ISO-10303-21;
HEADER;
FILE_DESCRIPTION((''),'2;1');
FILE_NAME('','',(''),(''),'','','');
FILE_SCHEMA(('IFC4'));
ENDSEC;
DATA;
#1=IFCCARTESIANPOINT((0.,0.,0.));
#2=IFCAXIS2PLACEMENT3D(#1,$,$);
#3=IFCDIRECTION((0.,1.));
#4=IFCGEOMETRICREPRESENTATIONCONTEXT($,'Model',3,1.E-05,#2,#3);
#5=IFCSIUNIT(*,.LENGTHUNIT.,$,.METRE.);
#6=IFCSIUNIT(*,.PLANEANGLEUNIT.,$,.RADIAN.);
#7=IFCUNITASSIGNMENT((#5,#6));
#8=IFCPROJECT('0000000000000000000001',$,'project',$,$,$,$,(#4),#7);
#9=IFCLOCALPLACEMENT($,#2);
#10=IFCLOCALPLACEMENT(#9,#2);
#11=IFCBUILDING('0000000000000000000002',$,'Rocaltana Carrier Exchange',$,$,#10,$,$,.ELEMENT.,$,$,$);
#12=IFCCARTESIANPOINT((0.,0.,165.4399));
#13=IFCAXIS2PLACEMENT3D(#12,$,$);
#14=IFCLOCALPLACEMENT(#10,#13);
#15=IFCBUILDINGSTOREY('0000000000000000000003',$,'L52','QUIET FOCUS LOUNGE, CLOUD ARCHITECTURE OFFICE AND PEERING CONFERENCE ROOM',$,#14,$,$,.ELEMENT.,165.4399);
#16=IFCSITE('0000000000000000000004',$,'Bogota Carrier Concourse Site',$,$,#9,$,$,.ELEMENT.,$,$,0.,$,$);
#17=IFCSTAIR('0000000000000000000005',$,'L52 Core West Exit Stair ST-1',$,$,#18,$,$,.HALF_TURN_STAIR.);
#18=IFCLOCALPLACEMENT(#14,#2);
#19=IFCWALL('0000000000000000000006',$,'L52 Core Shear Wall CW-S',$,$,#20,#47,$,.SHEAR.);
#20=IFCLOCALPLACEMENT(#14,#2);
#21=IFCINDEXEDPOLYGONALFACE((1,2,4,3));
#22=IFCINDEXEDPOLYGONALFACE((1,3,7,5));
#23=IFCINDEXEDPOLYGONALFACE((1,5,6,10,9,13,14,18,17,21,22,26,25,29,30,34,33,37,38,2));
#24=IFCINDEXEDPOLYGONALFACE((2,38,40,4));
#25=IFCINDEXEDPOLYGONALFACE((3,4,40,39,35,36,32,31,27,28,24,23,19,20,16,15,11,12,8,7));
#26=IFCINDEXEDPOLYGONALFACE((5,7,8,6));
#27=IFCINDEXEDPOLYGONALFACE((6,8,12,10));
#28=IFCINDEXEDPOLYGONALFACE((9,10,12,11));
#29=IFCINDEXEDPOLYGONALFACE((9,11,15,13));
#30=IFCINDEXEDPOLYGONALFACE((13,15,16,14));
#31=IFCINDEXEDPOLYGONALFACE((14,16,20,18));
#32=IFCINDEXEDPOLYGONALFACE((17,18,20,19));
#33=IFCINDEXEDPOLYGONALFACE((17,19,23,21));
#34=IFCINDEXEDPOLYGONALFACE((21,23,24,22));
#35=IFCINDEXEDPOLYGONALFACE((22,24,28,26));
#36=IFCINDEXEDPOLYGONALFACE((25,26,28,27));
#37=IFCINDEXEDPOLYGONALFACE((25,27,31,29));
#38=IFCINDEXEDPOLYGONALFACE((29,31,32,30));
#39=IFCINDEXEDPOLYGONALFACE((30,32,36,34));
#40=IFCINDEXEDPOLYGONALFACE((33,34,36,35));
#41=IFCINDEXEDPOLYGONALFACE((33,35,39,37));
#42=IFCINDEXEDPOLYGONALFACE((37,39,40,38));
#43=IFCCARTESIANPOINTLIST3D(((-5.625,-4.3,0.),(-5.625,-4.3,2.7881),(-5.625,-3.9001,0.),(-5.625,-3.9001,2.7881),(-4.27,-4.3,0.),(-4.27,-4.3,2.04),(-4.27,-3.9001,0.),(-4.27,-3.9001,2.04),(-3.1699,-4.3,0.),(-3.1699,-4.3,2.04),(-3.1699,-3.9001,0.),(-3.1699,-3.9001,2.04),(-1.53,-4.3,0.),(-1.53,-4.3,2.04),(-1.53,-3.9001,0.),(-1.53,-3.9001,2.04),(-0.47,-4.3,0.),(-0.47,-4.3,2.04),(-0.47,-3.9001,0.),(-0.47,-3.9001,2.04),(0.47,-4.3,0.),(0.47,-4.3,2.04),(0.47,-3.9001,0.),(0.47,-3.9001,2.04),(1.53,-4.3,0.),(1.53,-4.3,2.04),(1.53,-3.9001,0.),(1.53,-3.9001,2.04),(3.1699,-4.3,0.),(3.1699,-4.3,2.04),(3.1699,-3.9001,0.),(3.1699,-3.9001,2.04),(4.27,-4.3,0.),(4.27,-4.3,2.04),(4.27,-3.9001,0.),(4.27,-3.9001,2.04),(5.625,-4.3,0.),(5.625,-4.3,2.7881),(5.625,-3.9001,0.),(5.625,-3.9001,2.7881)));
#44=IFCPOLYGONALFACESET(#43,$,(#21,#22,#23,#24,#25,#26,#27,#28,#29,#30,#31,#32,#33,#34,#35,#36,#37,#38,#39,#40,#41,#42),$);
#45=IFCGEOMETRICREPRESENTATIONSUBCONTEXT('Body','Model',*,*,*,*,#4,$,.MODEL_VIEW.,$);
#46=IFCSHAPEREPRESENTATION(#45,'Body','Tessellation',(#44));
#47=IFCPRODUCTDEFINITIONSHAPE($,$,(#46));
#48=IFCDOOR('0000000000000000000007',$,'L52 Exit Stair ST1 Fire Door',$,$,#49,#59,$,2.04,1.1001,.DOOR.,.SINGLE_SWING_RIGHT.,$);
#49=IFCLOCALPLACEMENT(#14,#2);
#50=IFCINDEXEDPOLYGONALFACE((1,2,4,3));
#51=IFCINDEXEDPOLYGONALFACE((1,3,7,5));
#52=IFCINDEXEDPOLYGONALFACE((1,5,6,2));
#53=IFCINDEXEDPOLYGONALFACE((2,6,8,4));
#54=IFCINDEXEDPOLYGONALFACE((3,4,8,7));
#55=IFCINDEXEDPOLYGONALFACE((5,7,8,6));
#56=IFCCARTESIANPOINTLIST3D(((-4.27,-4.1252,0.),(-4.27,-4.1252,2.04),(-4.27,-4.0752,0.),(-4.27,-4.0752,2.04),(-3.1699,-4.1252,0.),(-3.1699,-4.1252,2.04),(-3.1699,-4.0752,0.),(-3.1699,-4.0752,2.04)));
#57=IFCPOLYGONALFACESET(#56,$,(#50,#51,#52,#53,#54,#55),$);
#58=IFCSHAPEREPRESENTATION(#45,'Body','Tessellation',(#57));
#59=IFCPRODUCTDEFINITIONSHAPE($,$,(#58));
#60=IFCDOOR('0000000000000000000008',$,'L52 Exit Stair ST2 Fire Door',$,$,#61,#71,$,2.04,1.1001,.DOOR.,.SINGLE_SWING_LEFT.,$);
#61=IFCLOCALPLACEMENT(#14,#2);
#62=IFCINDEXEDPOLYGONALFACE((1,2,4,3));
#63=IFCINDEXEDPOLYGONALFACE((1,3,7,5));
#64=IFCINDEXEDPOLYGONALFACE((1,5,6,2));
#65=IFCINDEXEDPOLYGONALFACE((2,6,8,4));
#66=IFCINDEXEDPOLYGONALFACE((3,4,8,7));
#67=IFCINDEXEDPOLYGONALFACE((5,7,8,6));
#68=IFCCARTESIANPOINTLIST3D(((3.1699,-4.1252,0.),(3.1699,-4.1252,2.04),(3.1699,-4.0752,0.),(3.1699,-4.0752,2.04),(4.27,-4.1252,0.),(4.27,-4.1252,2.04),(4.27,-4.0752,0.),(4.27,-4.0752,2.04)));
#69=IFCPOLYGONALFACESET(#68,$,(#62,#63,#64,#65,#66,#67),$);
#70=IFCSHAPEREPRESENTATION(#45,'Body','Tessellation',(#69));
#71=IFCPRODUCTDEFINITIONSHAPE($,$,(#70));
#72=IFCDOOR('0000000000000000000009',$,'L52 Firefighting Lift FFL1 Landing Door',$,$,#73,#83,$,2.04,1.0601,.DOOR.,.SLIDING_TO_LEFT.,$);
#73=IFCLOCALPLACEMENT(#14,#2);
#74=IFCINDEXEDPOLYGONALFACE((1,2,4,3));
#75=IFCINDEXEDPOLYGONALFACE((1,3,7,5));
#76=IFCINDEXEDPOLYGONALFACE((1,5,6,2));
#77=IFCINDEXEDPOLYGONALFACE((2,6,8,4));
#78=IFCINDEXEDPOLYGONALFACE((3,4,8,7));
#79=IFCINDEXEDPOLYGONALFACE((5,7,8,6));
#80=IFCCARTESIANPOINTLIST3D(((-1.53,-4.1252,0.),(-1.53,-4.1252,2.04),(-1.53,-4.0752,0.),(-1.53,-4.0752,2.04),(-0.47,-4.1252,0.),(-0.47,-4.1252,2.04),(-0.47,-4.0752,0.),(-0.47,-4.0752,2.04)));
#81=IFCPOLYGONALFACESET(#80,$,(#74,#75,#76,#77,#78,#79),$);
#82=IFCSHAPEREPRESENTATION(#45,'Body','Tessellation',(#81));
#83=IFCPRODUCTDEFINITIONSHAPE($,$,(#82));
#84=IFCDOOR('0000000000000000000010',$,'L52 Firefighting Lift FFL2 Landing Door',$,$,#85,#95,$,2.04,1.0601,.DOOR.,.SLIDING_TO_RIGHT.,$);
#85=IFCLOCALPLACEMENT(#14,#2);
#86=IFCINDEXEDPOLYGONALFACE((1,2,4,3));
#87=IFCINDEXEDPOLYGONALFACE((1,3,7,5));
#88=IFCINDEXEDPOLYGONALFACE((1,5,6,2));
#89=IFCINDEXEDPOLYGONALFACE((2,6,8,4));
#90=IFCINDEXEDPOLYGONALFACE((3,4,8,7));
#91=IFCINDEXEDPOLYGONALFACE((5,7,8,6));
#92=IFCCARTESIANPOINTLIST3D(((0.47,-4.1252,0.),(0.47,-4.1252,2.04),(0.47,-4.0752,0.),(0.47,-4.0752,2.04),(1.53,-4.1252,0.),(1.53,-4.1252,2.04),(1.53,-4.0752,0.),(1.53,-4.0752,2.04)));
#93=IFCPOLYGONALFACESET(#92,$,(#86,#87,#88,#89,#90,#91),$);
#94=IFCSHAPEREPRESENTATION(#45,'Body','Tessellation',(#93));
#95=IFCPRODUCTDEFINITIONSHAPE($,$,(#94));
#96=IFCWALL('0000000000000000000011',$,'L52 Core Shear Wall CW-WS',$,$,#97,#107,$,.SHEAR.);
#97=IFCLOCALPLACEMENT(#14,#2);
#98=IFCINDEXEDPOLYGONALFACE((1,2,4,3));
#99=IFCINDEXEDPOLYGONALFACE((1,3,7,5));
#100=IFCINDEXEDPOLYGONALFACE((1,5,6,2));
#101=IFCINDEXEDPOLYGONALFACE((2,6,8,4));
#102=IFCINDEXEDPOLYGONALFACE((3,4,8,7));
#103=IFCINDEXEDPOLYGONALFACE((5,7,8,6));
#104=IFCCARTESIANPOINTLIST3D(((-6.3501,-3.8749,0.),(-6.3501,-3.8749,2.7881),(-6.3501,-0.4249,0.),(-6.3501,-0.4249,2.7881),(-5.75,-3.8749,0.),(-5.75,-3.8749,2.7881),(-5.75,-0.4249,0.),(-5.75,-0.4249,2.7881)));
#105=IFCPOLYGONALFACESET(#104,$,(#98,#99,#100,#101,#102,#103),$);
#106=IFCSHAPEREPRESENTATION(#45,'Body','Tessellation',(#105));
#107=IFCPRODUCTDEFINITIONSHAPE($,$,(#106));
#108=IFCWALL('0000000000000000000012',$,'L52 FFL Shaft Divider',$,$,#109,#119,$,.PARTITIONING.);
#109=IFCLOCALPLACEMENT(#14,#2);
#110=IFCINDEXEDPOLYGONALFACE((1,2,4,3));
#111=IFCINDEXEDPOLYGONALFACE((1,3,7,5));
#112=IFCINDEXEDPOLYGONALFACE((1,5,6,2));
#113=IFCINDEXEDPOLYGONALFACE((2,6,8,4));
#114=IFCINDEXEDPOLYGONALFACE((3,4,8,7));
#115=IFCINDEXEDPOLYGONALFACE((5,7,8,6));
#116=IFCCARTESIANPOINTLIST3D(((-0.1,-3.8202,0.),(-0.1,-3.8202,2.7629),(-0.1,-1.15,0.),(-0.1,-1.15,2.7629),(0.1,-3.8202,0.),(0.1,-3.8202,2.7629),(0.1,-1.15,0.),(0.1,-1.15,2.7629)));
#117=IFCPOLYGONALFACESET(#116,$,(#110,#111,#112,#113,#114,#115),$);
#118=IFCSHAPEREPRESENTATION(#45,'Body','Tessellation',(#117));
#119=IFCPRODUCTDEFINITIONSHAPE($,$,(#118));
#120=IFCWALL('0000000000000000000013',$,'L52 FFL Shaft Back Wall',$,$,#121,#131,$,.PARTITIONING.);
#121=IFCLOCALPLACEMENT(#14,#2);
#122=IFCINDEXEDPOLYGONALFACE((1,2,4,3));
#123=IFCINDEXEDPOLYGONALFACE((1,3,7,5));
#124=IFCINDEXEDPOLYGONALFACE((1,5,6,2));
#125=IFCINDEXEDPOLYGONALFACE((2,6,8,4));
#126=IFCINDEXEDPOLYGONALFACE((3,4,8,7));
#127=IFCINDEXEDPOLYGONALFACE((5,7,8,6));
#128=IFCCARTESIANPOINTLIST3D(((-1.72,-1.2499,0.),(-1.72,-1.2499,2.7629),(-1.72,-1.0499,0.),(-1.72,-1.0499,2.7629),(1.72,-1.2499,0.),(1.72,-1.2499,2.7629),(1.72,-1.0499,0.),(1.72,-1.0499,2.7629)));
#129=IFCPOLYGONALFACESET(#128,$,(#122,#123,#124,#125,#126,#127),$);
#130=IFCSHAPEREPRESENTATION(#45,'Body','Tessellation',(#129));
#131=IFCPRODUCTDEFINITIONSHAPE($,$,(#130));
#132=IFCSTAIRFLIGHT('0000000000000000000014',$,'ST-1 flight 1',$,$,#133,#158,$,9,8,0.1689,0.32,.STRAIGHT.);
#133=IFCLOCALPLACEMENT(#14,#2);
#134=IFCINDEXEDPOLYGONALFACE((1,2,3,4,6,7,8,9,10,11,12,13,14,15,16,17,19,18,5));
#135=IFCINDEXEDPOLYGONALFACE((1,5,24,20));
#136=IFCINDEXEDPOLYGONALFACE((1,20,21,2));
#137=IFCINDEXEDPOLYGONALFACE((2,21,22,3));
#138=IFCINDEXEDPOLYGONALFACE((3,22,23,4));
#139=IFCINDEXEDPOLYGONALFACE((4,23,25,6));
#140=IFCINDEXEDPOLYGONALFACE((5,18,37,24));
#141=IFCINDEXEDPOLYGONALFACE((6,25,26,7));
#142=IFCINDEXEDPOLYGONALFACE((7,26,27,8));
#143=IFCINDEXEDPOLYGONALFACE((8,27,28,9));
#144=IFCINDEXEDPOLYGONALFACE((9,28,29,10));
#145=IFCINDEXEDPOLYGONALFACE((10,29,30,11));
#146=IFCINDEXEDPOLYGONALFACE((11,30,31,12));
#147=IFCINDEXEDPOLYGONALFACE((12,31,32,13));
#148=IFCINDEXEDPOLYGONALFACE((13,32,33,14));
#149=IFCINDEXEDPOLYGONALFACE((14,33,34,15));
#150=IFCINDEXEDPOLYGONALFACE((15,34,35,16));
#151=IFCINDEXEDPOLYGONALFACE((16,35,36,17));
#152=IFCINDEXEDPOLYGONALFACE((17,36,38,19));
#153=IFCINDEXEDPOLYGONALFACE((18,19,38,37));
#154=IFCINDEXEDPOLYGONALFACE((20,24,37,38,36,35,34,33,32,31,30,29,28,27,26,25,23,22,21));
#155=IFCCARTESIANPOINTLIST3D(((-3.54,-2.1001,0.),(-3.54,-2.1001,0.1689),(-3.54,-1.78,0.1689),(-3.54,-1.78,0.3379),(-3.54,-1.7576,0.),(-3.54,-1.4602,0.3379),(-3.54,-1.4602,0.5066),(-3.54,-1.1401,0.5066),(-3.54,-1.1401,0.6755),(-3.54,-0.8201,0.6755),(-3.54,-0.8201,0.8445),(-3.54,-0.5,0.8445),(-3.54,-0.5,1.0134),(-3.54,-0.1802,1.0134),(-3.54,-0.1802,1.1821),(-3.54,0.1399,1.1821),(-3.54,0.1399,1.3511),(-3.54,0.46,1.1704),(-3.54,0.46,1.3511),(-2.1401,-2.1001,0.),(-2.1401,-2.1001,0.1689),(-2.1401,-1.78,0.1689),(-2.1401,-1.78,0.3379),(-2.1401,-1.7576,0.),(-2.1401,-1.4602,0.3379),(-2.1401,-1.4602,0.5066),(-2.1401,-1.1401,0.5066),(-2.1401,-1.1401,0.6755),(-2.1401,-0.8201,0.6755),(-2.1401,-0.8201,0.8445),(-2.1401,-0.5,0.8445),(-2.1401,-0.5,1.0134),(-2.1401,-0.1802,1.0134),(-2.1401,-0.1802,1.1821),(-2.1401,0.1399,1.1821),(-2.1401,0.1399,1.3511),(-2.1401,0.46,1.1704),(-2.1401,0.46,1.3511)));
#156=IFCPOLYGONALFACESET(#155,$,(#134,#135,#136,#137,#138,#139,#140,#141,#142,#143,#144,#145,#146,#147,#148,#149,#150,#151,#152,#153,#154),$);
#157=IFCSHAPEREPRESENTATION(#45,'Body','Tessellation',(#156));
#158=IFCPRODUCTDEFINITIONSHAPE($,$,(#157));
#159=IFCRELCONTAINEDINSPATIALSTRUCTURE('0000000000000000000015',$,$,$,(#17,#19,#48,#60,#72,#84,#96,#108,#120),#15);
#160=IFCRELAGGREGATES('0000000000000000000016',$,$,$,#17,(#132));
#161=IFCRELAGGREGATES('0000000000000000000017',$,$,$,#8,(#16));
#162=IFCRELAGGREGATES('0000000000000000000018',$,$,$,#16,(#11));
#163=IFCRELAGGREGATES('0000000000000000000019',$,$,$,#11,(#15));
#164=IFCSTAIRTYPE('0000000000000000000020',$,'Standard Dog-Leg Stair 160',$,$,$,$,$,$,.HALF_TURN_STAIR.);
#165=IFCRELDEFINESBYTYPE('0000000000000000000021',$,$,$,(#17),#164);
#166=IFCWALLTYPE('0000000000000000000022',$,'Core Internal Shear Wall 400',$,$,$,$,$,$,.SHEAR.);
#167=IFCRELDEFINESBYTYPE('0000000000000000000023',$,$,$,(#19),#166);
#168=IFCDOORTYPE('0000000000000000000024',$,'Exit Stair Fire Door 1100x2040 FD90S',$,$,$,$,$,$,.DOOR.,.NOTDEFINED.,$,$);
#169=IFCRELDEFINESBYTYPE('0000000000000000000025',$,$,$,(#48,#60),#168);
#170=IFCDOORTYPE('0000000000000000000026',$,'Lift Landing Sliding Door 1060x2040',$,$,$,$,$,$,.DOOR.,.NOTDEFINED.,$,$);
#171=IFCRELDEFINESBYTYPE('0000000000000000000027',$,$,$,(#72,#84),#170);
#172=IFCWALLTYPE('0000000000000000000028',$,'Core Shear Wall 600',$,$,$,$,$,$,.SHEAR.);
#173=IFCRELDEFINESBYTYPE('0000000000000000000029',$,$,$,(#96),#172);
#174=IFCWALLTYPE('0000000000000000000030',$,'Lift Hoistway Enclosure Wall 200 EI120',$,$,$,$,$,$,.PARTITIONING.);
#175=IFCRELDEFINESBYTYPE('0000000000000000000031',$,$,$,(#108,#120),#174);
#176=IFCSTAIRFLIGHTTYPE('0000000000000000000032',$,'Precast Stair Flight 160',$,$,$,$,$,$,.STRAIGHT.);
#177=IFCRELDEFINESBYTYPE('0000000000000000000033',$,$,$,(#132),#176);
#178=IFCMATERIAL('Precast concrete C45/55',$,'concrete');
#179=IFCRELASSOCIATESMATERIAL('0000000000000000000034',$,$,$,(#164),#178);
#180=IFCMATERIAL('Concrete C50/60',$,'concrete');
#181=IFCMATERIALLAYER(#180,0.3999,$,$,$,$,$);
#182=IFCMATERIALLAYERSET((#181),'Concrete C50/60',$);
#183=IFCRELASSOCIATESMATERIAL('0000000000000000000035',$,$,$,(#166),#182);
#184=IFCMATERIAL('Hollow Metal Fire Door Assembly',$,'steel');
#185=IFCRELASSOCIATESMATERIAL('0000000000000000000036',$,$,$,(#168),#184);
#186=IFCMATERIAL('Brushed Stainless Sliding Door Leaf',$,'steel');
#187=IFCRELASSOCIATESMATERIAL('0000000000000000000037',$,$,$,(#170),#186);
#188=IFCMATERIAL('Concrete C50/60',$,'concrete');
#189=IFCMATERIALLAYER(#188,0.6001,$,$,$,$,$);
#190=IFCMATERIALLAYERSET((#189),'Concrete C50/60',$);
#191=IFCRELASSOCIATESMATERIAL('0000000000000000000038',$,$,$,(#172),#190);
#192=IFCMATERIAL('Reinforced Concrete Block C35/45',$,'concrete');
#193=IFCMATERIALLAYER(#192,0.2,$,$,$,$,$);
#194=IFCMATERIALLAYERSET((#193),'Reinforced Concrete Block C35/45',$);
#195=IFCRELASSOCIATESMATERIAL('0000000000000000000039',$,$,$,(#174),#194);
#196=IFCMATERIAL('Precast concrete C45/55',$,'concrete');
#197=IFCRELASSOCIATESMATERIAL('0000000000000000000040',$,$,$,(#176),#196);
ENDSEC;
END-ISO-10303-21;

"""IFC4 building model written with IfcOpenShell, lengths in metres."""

from ifc_helpers import new_model, si_unit, direction, frame, frame_2d, origin, place, context, subcontext, project, spatial, polyline, rectangle, outline, extrude, material, layer, layer_set, type_object, element, fill, aggregate, save


model = new_model("IFC4")

# Units and contexts
model_context = context("Model", 3, precision=1e-05, world=origin(), true_north=direction((0.0, 1.0)))
body_context = subcontext(model_context, "Body", "Model", "MODEL_VIEW")
ifc_project = project(units=[si_unit("LENGTHUNIT", "METRE"), si_unit("PLANEANGLEUNIT", "RADIAN")], contexts=[model_context])

# Site, building, storey
site_placement = place(None, origin())
site = spatial("IfcSite", under=ifc_project, at=site_placement, Name="Bogota Carrier Concourse Site", CompositionType="ELEMENT", RefElevation=0.0)
building_placement = place(site_placement, origin())
building = spatial("IfcBuilding", under=site, at=building_placement, Name="Rocaltana Carrier Exchange", CompositionType="ELEMENT")
storey_placement = place(building_placement, frame((0.0, 0.0, 165.4399)))
storey = spatial("IfcBuildingStorey", under=building, at=storey_placement, Name="L52", Description="QUIET FOCUS LOUNGE, CLOUD ARCHITECTURE OFFICE AND PEERING CONFERENCE ROOM", CompositionType="ELEMENT", Elevation=165.4399)

# Stair
ifc_material_1 = material(Name="Precast concrete C45/55", Category="concrete")
stair_type = type_object("IfcStairType", Name="Standard Dog-Leg Stair 160", PredefinedType="HALF_TURN_STAIR", material=ifc_material_1)
stair_1_placement = place(storey_placement, origin())
stair_1 = element("IfcStair", 1, at=stair_1_placement, inside=storey, type_object=stair_type, Name="L52 Core West Exit Stair ST-1", PredefinedType="HALF_TURN_STAIR")

# Wall, openings, doors
ifc_material_2 = material(Name="Concrete C50/60", Category="concrete")
ifc_layer_1 = layer(ifc_material_2, 0.3999)
ifc_layer_set_1 = layer_set([ifc_layer_1], Name="Concrete C50/60")
wall_type_1 = type_object("IfcWallType", Name="Core Internal Shear Wall 400", PredefinedType="SHEAR", material=ifc_layer_set_1)
wall_1_placement = place(storey_placement, frame((-5.625, -4.1001, 0.0), z_axis=(0.0, 0.0, 1.0), x_axis=(1.0, 0.0, 0.0)))
wall_1 = element("IfcWall", 2, at=wall_1_placement, inside=storey, type_object=wall_type_1, Name="L52 Core Shear Wall CW-S", PredefinedType="SHEAR", context=body_context, shape_type="SweptSolid", body=[
    extrude(rectangle(XDim=11.25, YDim=0.3999, at=frame_2d((5.625, 0.0))), origin(), (0.0, 0.0, 1.0), 2.7881),
])
opening_1_placement = place(wall_1_placement, frame((1.355, 0.0, 0.0)))
opening_1 = element("IfcOpeningElement", 3, at=opening_1_placement, cuts=wall_1, PredefinedType="OPENING", context=body_context, shape_type="SweptSolid", body=[
    extrude(rectangle(XDim=1.1001, YDim=2.04, at=frame_2d((0.55, 1.02))), frame((0.0, 0.21, 0.0), z_axis=(0.0, -1.0, 0.0), x_axis=(1.0, 0.0, 0.0)), (0.0, 0.0, 1.0), 0.4199),
])
opening_2_placement = place(wall_1_placement, frame((8.7949, 0.0, 0.0)))
opening_2 = element("IfcOpeningElement", 4, at=opening_2_placement, cuts=wall_1, PredefinedType="OPENING", context=body_context, shape_type="SweptSolid", body=[
    extrude(rectangle(XDim=1.1001, YDim=2.04, at=frame_2d((0.55, 1.02))), frame((0.0, 0.21, 0.0), z_axis=(0.0, -1.0, 0.0), x_axis=(1.0, 0.0, 0.0)), (0.0, 0.0, 1.0), 0.4199),
])
opening_3_placement = place(wall_1_placement, frame((4.095, 0.0, 0.0)))
opening_3 = element("IfcOpeningElement", 5, at=opening_3_placement, cuts=wall_1, PredefinedType="OPENING", context=body_context, shape_type="SweptSolid", body=[
    extrude(rectangle(XDim=1.0601, YDim=2.04, at=frame_2d((0.53, 1.02))), frame((0.0, 0.21, 0.0), z_axis=(0.0, -1.0, 0.0), x_axis=(1.0, 0.0, 0.0)), (0.0, 0.0, 1.0), 0.4199),
])
opening_4_placement = place(wall_1_placement, frame((6.095, 0.0, 0.0)))
opening_4 = element("IfcOpeningElement", 6, at=opening_4_placement, cuts=wall_1, PredefinedType="OPENING", context=body_context, shape_type="SweptSolid", body=[
    extrude(rectangle(XDim=1.0601, YDim=2.04, at=frame_2d((0.53, 1.02))), frame((0.0, 0.21, 0.0), z_axis=(0.0, -1.0, 0.0), x_axis=(1.0, 0.0, 0.0)), (0.0, 0.0, 1.0), 0.4199),
])
ifc_material_3 = material(Name="Hollow Metal Fire Door Assembly", Category="steel")
door_type_1 = type_object("IfcDoorType", Name="Exit Stair Fire Door 1100x2040 FD90S", OperationType="NOTDEFINED", PredefinedType="DOOR", material=ifc_material_3)
door_1_placement = place(opening_1_placement, origin())
door_1 = element("IfcDoor", 7, at=door_1_placement, inside=storey, type_object=door_type_1, Name="L52 Exit Stair ST1 Fire Door", OperationType="SINGLE_SWING_RIGHT", OverallHeight=2.04, OverallWidth=1.1001, PredefinedType="DOOR", context=body_context, shape_type="SweptSolid", body=[
    extrude(rectangle(XDim=1.1001, YDim=2.04, at=frame_2d((0.55, 1.02))), frame((0.0, 0.0249, 0.0), z_axis=(0.0, -1.0, 0.0), x_axis=(1.0, 0.0, 0.0)), (0.0, 0.0, 1.0), 0.05),
])
fill(opening_1, door_1)
door_2_placement = place(opening_2_placement, origin())
door_2 = element("IfcDoor", 8, at=door_2_placement, inside=storey, type_object=door_type_1, Name="L52 Exit Stair ST2 Fire Door", OperationType="SINGLE_SWING_LEFT", OverallHeight=2.04, OverallWidth=1.1001, PredefinedType="DOOR", context=body_context, shape_type="SweptSolid", body=[
    extrude(rectangle(XDim=1.1001, YDim=2.04, at=frame_2d((0.55, 1.02))), frame((0.0, 0.0249, 0.0), z_axis=(0.0, -1.0, 0.0), x_axis=(1.0, 0.0, 0.0)), (0.0, 0.0, 1.0), 0.05),
])
fill(opening_2, door_2)
ifc_material_4 = material(Name="Brushed Stainless Sliding Door Leaf", Category="steel")
door_type_2 = type_object("IfcDoorType", Name="Lift Landing Sliding Door 1060x2040", OperationType="NOTDEFINED", PredefinedType="DOOR", material=ifc_material_4)
door_3_placement = place(opening_3_placement, origin())
door_3 = element("IfcDoor", 9, at=door_3_placement, inside=storey, type_object=door_type_2, Name="L52 Firefighting Lift FFL1 Landing Door", OperationType="SLIDING_TO_LEFT", OverallHeight=2.04, OverallWidth=1.0601, PredefinedType="DOOR", context=body_context, shape_type="SweptSolid", body=[
    extrude(rectangle(XDim=1.0601, YDim=2.04, at=frame_2d((0.53, 1.02))), frame((0.0, 0.0249, 0.0), z_axis=(0.0, -1.0, 0.0), x_axis=(1.0, 0.0, 0.0)), (0.0, 0.0, 1.0), 0.05),
])
fill(opening_3, door_3)
door_4_placement = place(opening_4_placement, origin())
door_4 = element("IfcDoor", 10, at=door_4_placement, inside=storey, type_object=door_type_2, Name="L52 Firefighting Lift FFL2 Landing Door", OperationType="SLIDING_TO_RIGHT", OverallHeight=2.04, OverallWidth=1.0601, PredefinedType="DOOR", context=body_context, shape_type="SweptSolid", body=[
    extrude(rectangle(XDim=1.0601, YDim=2.04, at=frame_2d((0.53, 1.02))), frame((0.0, 0.0249, 0.0), z_axis=(0.0, -1.0, 0.0), x_axis=(1.0, 0.0, 0.0)), (0.0, 0.0, 1.0), 0.05),
])
fill(opening_4, door_4)

# Walls
ifc_material_5 = material(Name="Concrete C50/60", Category="concrete")
ifc_layer_2 = layer(ifc_material_5, 0.6001)
ifc_layer_set_2 = layer_set([ifc_layer_2], Name="Concrete C50/60")
wall_type_2 = type_object("IfcWallType", Name="Core Shear Wall 600", PredefinedType="SHEAR", material=ifc_layer_set_2)
wall_2_placement = place(storey_placement, frame((-6.05, -3.875, 0.0), z_axis=(0.0, 0.0, 1.0), x_axis=(0.0, 1.0, 0.0)))
element("IfcWall", 11, at=wall_2_placement, inside=storey, type_object=wall_type_2, Name="L52 Core Shear Wall CW-WS", PredefinedType="SHEAR", context=body_context, shape_type="SweptSolid", body=[
    extrude(rectangle(XDim=3.45, YDim=0.6001, at=frame_2d((1.7251, 0.0))), origin(), (0.0, 0.0, 1.0), 2.7881),
])
ifc_material_6 = material(Name="Reinforced Concrete Block C35/45", Category="concrete")
ifc_layer_3 = layer(ifc_material_6, 0.2)
ifc_layer_set_3 = layer_set([ifc_layer_3], Name="Reinforced Concrete Block C35/45")
wall_type_3 = type_object("IfcWallType", Name="Lift Hoistway Enclosure Wall 200 EI120", PredefinedType="PARTITIONING", material=ifc_layer_set_3)
wall_3_placement = place(storey_placement, frame((0.0, -3.8201, 0.0), z_axis=(0.0, 0.0, 1.0), x_axis=(0.0, 1.0, 0.0)))
element("IfcWall", 12, at=wall_3_placement, inside=storey, type_object=wall_type_3, Name="L52 FFL Shaft Divider", PredefinedType="PARTITIONING", context=body_context, shape_type="SweptSolid", body=[
    extrude(rectangle(XDim=2.6702, YDim=0.2, at=frame_2d((1.335, 0.0))), origin(), (0.0, 0.0, 1.0), 2.7629),
])
wall_4_placement = place(storey_placement, frame((-1.72, -1.1499, 0.0), z_axis=(0.0, 0.0, 1.0), x_axis=(1.0, 0.0, 0.0)))
element("IfcWall", 13, at=wall_4_placement, inside=storey, type_object=wall_type_3, Name="L52 FFL Shaft Back Wall", PredefinedType="PARTITIONING", context=body_context, shape_type="SweptSolid", body=[
    extrude(rectangle(XDim=3.4399, YDim=0.2, at=frame_2d((1.72, 0.0))), origin(), (0.0, 0.0, 1.0), 2.7629),
])

# Stair flight
ifc_material_7 = material(Name="Precast concrete C45/55", Category="concrete")
stair_flight_type = type_object("IfcStairFlightType", Name="Precast Stair Flight 160", PredefinedType="STRAIGHT", material=ifc_material_7)
stair_flight_placement = place(storey_placement, frame((-2.8401, -2.1001, 0.0), z_axis=(0.0, 0.0, 1.0), x_axis=(0.0, 1.0, 0.0)))
stair_flight = element("IfcStairFlight", 14, at=stair_flight_placement, type_object=stair_flight_type, Name="ST-1 flight 1", NumberOfRisers=9, NumberOfTreads=8, PredefinedType="STRAIGHT", RiserHeight=0.1689, TreadLength=0.32, context=body_context, shape_type="SweptSolid", body=[
    extrude(outline(polyline([(0.0, 0.0), (0.0, 0.1689), (0.3201, 0.1689), (0.3201, 0.3379), (0.6399, 0.3379), (0.6399, 0.5066), (0.96, 0.5066), (0.96, 0.6755), (1.28, 0.6755), (1.28, 0.8445), (1.6001, 0.8445), (1.6001, 1.0134), (1.9199, 1.0134), (1.9199, 1.1821), (2.24, 1.1821), (2.24, 1.3511), (2.5601, 1.3511), (2.5601, 1.52), (2.5601, 1.1704), (0.3425, 0.0), (0.0, 0.0)])), frame((0.0, 0.7, 0.0), z_axis=(0.0, -1.0, 0.0), x_axis=(1.0, 0.0, 0.0)), (0.0, 0.0, 1.0), 1.3999),
])
aggregate(stair_1, [stair_flight])

save(model, "model.ifc")
